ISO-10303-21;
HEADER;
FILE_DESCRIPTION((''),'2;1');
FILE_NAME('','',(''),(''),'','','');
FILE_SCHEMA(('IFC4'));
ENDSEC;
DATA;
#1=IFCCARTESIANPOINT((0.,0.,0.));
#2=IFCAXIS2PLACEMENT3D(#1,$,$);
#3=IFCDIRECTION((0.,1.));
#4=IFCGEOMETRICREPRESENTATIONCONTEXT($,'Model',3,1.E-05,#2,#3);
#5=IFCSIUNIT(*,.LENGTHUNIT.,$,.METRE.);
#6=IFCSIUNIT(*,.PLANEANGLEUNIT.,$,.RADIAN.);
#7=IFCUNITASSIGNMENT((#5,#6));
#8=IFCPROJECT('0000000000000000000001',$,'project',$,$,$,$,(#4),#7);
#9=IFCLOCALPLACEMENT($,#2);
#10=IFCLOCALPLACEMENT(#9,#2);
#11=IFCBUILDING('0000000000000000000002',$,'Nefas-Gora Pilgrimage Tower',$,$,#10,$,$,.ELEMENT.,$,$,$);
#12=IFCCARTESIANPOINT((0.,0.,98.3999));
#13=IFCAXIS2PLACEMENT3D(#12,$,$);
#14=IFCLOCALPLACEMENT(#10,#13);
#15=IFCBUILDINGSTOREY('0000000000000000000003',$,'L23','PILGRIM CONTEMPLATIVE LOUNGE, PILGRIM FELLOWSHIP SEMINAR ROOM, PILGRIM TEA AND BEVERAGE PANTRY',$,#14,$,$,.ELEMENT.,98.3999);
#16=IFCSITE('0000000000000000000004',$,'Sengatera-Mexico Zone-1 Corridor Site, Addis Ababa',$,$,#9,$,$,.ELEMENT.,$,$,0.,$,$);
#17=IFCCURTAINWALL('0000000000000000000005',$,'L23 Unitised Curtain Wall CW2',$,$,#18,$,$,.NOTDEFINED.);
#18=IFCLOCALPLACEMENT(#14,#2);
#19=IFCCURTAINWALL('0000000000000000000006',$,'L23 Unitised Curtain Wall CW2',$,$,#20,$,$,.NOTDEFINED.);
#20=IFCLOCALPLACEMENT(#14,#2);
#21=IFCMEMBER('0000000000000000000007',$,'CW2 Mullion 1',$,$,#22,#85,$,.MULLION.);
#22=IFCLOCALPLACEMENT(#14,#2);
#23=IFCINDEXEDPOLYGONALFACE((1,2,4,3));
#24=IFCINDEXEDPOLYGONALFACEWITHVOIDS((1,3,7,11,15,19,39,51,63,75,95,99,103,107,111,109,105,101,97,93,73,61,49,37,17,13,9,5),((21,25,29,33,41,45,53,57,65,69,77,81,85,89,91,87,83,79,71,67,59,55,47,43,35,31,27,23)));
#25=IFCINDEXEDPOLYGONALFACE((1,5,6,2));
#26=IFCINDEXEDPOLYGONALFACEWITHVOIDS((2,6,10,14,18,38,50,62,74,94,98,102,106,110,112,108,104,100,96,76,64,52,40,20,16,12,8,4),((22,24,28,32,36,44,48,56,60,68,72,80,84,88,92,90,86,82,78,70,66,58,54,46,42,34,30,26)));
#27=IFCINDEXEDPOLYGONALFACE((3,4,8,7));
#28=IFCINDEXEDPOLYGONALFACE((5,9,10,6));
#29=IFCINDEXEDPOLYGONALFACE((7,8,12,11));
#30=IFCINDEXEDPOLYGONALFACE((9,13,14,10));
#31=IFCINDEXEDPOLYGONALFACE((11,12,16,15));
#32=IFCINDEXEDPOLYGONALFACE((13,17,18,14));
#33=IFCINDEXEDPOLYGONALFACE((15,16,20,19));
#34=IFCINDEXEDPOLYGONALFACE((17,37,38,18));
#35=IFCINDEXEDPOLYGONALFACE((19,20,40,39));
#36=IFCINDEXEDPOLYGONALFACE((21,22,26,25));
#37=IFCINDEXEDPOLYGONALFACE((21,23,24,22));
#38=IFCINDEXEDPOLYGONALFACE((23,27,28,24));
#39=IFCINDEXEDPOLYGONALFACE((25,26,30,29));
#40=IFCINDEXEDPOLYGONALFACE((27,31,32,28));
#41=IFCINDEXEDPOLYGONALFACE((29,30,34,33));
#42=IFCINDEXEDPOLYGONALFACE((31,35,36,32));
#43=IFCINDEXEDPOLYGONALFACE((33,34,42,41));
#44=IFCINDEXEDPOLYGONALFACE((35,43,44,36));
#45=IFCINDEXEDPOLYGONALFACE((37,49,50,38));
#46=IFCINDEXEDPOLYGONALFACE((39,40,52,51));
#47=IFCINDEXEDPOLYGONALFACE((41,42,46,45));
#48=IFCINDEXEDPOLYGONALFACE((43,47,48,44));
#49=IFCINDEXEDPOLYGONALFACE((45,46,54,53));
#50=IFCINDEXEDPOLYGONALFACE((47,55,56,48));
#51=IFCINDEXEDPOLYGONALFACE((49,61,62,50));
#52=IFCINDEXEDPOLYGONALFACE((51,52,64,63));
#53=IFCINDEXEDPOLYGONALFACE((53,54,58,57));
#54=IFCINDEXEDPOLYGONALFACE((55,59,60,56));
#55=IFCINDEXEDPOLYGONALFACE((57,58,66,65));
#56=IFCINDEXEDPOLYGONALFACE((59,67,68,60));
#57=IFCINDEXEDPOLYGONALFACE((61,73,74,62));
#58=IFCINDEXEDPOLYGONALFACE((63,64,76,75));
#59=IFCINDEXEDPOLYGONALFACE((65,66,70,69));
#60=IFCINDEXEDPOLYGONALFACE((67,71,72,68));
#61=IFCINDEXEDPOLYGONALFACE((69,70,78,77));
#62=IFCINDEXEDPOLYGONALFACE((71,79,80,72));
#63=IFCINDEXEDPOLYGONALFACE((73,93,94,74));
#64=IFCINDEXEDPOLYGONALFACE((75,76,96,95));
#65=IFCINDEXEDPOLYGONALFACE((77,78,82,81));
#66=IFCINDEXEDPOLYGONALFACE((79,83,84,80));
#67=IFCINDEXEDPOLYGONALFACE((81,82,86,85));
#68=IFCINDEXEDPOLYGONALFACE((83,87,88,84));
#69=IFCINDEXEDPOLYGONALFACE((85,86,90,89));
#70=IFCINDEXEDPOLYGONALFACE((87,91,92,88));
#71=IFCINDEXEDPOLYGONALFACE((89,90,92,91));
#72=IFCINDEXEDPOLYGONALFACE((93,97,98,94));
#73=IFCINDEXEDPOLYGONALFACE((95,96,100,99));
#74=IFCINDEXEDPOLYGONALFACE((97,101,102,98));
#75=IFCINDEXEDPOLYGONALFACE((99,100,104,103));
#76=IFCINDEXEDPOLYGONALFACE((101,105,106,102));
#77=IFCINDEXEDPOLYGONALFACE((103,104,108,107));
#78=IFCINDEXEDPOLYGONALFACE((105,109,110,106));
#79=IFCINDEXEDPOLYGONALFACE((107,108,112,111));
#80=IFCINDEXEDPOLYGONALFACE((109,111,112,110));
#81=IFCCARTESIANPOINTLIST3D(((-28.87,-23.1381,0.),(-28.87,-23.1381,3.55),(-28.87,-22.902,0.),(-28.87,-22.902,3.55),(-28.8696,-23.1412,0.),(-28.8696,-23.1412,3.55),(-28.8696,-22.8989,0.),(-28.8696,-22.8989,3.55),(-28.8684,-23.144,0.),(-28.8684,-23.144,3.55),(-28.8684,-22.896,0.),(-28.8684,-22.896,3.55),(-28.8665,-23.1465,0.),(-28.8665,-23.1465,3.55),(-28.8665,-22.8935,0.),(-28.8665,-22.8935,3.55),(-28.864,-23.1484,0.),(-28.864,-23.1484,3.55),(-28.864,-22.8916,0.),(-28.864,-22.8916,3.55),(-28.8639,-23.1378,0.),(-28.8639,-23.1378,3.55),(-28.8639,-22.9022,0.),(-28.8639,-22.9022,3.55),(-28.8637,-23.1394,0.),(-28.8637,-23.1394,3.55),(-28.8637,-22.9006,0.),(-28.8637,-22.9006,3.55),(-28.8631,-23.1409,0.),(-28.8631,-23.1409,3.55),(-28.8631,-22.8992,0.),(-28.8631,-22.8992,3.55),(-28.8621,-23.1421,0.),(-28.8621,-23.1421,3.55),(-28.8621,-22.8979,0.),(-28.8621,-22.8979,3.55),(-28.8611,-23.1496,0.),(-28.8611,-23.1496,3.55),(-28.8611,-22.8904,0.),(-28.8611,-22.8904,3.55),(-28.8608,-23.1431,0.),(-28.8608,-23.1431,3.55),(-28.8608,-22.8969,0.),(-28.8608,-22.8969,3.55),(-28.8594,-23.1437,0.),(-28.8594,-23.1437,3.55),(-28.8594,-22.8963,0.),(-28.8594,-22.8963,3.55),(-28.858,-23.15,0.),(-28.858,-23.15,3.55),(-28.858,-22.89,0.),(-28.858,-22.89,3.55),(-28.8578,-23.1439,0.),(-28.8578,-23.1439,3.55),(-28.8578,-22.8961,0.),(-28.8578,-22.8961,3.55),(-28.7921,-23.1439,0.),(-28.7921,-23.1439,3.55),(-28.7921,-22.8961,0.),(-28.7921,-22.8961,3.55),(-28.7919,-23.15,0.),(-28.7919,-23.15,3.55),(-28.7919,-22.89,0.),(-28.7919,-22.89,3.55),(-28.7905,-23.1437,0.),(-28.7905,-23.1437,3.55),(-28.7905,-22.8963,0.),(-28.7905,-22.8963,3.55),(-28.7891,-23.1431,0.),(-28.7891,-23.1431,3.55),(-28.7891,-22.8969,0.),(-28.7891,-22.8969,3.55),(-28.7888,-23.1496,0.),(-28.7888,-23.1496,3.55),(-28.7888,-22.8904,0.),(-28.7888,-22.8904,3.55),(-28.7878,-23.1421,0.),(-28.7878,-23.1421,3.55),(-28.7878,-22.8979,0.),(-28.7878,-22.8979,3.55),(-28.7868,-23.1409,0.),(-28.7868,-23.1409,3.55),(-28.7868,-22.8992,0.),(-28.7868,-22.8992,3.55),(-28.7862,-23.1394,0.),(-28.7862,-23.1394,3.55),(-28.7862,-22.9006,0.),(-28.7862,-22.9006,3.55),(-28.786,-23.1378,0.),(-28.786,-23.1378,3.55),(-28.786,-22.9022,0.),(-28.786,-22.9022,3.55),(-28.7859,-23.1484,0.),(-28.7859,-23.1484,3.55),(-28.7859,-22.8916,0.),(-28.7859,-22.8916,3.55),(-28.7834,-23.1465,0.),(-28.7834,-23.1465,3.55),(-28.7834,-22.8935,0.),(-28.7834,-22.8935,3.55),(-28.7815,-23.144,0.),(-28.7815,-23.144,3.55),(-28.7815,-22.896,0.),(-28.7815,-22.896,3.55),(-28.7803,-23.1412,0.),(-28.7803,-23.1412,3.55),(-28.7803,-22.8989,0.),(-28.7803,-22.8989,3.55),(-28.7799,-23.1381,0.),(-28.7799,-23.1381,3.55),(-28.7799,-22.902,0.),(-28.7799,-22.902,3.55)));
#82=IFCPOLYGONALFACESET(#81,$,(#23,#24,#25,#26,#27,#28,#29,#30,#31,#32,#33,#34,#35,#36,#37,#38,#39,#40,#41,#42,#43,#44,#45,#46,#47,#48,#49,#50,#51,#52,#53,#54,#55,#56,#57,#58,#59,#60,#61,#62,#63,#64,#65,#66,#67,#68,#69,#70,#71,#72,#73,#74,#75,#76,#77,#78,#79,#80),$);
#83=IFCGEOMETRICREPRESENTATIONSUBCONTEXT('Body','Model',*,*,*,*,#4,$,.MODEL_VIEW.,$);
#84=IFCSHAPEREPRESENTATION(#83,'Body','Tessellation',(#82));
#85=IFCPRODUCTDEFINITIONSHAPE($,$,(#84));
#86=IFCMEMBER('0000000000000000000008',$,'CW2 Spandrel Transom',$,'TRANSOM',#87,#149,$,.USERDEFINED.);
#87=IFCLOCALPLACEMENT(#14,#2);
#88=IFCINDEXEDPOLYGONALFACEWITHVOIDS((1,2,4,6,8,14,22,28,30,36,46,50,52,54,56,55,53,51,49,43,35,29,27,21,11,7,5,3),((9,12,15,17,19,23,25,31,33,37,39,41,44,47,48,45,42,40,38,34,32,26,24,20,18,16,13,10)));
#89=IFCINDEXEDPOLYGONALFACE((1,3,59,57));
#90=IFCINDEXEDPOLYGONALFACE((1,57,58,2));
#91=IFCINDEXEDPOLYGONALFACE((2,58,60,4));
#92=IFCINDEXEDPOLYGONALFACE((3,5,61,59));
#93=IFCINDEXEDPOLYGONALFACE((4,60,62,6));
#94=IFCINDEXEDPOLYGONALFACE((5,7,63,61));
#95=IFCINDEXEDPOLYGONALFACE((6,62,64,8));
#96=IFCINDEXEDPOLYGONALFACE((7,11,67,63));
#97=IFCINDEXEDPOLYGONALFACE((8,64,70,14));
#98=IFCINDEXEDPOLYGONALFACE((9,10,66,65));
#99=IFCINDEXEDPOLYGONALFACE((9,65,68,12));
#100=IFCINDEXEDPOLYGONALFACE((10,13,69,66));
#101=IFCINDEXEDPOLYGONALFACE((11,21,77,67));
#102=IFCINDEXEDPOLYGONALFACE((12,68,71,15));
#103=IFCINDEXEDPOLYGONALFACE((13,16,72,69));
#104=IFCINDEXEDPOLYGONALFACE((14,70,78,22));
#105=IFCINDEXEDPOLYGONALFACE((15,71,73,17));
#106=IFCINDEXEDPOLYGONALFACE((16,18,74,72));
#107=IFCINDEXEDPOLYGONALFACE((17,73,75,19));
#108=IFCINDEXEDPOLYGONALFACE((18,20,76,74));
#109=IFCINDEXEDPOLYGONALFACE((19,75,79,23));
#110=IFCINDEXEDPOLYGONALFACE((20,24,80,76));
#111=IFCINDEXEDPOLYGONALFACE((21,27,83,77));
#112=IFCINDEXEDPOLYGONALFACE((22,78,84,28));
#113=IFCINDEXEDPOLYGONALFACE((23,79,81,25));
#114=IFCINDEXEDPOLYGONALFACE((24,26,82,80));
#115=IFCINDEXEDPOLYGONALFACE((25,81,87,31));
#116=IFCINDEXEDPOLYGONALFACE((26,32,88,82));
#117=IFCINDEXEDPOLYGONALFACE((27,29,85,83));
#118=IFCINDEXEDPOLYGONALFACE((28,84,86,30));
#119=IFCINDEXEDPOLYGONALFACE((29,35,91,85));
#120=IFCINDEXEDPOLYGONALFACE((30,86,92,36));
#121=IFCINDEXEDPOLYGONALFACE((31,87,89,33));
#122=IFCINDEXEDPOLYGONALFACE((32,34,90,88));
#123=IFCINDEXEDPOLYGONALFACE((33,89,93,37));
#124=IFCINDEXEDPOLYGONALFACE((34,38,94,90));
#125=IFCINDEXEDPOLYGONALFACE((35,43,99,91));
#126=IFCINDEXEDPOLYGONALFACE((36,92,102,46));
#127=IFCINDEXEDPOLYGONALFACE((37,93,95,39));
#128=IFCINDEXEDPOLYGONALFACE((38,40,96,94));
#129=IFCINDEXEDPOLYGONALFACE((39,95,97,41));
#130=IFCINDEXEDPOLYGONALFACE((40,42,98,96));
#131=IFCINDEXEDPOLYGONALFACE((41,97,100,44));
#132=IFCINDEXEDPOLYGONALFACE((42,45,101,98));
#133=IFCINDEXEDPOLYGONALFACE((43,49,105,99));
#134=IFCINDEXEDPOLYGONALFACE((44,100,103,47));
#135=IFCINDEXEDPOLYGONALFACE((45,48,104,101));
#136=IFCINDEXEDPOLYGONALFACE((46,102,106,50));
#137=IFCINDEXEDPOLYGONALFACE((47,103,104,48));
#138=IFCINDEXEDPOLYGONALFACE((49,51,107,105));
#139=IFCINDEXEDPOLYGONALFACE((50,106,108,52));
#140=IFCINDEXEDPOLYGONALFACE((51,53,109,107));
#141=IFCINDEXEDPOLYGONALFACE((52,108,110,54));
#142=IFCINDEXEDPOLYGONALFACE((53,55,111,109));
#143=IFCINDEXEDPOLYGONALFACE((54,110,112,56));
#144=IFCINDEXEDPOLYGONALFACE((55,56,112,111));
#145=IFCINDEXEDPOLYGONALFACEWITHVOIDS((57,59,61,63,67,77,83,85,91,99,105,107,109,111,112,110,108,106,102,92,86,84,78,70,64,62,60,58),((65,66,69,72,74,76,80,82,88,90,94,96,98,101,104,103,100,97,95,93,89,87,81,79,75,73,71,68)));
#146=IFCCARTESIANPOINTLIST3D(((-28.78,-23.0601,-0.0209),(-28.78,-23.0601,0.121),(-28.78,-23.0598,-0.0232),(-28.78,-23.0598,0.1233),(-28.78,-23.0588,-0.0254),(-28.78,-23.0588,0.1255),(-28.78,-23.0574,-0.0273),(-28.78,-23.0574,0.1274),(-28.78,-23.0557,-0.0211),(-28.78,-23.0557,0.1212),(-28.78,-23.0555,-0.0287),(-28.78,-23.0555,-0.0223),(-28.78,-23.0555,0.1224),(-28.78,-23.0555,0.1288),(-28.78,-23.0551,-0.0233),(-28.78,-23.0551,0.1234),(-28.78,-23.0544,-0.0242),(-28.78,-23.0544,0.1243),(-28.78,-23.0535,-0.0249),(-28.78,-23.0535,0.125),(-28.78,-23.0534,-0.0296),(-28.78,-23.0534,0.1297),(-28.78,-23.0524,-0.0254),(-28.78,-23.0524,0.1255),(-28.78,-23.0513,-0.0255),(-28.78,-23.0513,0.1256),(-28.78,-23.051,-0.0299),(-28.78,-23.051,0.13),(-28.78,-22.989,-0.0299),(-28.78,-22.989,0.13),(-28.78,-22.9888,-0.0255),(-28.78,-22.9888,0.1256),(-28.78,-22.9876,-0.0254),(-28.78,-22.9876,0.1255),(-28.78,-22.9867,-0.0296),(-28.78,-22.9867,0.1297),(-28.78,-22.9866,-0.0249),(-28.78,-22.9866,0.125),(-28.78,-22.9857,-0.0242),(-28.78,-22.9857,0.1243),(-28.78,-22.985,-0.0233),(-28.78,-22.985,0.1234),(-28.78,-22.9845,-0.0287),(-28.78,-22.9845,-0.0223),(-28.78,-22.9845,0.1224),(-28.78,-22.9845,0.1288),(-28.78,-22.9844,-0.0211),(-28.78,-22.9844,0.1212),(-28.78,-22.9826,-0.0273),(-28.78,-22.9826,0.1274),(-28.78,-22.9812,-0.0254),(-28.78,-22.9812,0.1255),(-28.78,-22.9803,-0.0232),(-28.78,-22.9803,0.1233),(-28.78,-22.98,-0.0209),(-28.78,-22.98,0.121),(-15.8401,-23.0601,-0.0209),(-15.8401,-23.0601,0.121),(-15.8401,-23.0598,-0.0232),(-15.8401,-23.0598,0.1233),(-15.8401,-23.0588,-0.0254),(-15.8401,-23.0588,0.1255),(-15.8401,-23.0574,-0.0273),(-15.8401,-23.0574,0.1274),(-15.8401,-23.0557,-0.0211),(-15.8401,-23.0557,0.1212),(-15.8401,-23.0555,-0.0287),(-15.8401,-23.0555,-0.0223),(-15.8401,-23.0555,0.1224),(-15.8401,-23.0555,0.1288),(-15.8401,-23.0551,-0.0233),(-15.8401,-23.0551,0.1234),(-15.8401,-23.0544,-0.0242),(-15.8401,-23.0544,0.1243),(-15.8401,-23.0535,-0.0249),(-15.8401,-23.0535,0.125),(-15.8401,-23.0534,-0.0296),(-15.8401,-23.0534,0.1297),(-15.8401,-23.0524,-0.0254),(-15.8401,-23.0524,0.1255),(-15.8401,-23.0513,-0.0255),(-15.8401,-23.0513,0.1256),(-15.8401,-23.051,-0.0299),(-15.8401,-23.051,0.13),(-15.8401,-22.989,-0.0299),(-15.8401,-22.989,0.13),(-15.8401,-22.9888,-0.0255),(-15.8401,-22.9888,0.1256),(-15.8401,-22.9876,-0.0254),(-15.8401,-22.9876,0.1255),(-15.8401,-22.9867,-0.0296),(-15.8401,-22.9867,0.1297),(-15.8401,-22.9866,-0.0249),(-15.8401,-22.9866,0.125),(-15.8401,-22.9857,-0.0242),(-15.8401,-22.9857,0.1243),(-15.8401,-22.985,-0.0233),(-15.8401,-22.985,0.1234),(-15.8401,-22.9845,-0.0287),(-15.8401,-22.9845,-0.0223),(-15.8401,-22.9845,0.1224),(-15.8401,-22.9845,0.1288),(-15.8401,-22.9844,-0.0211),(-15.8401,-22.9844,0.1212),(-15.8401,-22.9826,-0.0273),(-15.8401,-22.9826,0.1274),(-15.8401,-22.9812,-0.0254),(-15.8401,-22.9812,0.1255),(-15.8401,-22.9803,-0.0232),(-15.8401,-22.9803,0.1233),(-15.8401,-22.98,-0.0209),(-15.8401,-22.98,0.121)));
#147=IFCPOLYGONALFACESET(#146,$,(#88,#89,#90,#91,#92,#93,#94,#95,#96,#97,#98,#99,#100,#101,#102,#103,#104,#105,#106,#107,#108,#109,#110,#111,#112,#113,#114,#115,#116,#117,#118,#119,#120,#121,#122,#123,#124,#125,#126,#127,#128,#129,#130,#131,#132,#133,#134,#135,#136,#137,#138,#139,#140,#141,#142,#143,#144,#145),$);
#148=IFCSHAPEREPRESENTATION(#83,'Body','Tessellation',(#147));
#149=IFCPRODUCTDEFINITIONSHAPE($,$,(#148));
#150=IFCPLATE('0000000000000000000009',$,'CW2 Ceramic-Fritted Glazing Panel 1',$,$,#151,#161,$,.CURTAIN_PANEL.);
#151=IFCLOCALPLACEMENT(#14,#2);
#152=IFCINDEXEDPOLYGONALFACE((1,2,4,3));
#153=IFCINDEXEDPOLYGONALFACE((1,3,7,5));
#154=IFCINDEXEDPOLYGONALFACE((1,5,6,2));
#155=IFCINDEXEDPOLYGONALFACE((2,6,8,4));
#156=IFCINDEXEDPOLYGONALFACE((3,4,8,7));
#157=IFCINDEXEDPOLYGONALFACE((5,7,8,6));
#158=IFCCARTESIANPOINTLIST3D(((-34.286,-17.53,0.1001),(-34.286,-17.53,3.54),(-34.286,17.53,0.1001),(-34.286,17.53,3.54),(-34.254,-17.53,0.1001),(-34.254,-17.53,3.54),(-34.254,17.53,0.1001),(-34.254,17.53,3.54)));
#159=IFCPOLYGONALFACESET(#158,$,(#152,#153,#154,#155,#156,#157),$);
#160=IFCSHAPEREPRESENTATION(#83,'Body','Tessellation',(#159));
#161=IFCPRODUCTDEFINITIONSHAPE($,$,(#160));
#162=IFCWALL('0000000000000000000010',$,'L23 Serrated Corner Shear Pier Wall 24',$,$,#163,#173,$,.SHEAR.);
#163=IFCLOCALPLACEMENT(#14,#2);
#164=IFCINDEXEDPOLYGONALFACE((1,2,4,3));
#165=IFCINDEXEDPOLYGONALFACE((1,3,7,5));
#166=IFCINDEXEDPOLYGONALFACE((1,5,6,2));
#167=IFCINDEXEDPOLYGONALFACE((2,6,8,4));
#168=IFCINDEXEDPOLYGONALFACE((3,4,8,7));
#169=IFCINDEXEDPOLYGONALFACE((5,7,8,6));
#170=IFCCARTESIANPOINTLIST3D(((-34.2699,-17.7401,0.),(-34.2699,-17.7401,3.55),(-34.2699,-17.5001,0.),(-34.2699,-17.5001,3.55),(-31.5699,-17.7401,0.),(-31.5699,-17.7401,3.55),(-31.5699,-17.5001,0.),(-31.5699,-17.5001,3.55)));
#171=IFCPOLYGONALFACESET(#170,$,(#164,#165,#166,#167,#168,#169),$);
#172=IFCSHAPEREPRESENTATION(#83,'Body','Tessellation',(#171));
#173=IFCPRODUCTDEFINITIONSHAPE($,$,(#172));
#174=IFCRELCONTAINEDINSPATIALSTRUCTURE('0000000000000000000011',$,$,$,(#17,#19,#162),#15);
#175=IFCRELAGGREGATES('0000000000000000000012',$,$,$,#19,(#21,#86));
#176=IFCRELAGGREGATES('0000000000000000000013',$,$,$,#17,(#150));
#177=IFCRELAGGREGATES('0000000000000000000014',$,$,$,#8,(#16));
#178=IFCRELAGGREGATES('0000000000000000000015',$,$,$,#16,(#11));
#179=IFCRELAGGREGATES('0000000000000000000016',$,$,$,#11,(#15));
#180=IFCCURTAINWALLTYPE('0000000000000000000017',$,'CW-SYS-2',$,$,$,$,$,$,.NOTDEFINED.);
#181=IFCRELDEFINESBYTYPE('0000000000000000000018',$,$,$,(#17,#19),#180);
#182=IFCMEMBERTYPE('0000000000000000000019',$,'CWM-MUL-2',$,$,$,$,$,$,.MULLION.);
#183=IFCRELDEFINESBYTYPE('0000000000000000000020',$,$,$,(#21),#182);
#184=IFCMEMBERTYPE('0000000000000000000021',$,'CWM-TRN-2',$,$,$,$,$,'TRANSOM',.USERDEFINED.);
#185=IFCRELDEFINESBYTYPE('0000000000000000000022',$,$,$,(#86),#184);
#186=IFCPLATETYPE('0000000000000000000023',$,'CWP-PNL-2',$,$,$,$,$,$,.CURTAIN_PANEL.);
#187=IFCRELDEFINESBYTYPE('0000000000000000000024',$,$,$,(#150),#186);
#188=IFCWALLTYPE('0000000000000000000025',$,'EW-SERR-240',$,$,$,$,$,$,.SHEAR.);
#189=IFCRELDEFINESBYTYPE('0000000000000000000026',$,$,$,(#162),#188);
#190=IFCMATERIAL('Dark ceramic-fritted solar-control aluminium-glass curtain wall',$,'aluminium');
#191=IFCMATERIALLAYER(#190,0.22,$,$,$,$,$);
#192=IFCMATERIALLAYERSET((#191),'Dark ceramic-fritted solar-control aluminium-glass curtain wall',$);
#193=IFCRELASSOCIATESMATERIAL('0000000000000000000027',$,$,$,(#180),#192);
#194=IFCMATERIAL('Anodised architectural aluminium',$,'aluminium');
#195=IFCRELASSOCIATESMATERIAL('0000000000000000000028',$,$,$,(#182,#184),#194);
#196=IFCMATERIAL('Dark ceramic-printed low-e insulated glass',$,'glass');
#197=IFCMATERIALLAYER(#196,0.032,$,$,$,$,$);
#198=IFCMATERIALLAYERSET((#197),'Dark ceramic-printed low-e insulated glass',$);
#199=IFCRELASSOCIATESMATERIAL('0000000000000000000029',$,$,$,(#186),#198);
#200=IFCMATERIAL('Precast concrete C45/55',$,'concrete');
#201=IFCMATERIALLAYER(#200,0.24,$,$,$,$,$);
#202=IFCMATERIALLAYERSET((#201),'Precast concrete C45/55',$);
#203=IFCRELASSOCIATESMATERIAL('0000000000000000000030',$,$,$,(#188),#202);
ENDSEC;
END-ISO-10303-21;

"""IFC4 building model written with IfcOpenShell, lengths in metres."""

from ifc_helpers import new_model, si_unit, direction, frame, frame_2d, origin, origin_2d, place, context, subcontext, project, spatial, rectangle, hollow_rectangle, extrude, source, transform, mapped, material, layer, layer_set, material_profile, profile_set, type_object, element, aggregate, save


model = new_model("IFC4")

# Units and contexts
model_context = context("Model", 3, precision=1e-05, world=origin(), true_north=direction((0.0, 1.0)))
body_context = subcontext(model_context, "Body", "Model", "MODEL_VIEW")
ifc_project = project(units=[si_unit("LENGTHUNIT", "METRE"), si_unit("PLANEANGLEUNIT", "RADIAN")], contexts=[model_context])

# Site, building, storey
site_placement = place(None, origin())
site = spatial("IfcSite", under=ifc_project, at=site_placement, Name="Sengatera-Mexico Zone-1 Corridor Site, Addis Ababa", CompositionType="ELEMENT", RefElevation=0.0)
building_placement = place(site_placement, origin())
building = spatial("IfcBuilding", under=site, at=building_placement, Name="Nefas-Gora Pilgrimage Tower", CompositionType="ELEMENT")
storey_placement = place(building_placement, frame((0.0, 0.0, 98.3999)))
storey = spatial("IfcBuildingStorey", under=building, at=storey_placement, Name="L23", Description="PILGRIM CONTEMPLATIVE LOUNGE, PILGRIM FELLOWSHIP SEMINAR ROOM, PILGRIM TEA AND BEVERAGE PANTRY", CompositionType="ELEMENT", Elevation=98.3999)

# Curtain wall
ifc_material_1 = material(Name="Dark ceramic-fritted solar-control aluminium-glass curtain wall", Category="aluminium")
ifc_layer_1 = layer(ifc_material_1, 0.22)
ifc_layer_set_1 = layer_set([ifc_layer_1], Name="Dark ceramic-fritted solar-control aluminium-glass curtain wall")
curtain_wall_type = type_object("IfcCurtainWallType", Name="CW-SYS-2", PredefinedType="NOTDEFINED", material=ifc_layer_set_1)
curtain_wall_1_placement = place(storey_placement, origin())
curtain_wall_1 = element("IfcCurtainWall", 1, at=curtain_wall_1_placement, inside=storey, type_object=curtain_wall_type, Name="L23 Unitised Curtain Wall CW2", PredefinedType="NOTDEFINED")
ifc_material_2 = material(Name="Anodised architectural aluminium", Category="aluminium")
ifc_material_profile_1 = material_profile(ifc_material_2, hollow_rectangle(XDim=0.0901, YDim=0.26, WallThickness=0.0061, InnerFilletRadius=0.0061, OuterFilletRadius=0.012, at=origin_2d()), Name="ALU MULLION 90x260")
ifc_profile_set_1 = profile_set([ifc_material_profile_1], Name="Anodised architectural aluminium")
member_type_1 = type_object("IfcMemberType", Name="CWM-MUL-2", PredefinedType="MULLION", material=ifc_profile_set_1)
shared_shape_1 = source(origin(), body_context, "Body", "SweptSolid", [
    extrude(hollow_rectangle(XDim=0.0901, YDim=0.26, WallThickness=0.0061, InnerFilletRadius=0.0061, OuterFilletRadius=0.012, at=origin_2d()), origin(), (0.0, 0.0, 1.0), 3.55),
])

# Curtain wall, members
curtain_wall_2_placement = place(storey_placement, origin())
curtain_wall_2 = element("IfcCurtainWall", 2, at=curtain_wall_2_placement, inside=storey, type_object=curtain_wall_type, Name="L23 Unitised Curtain Wall CW2", PredefinedType="NOTDEFINED")
member_1_placement = place(storey_placement, frame((-28.825, -23.02, 0.0), z_axis=(0.0, 0.0, 1.0), x_axis=(1.0, 0.0, 0.0)))
member_1 = element("IfcMember", 3, at=member_1_placement, type_object=member_type_1, Name="CW2 Mullion 1", PredefinedType="MULLION", context=body_context, shape_type="MappedRepresentation", body=[
    mapped(shared_shape_1, transform((0.0, 0.0, 0.0), x_axis=(1.0, 0.0, 0.0), y_axis=(0.0, 1.0, 0.0), z_axis=(0.0, 0.0, 1.0), scale=1.0)),
])
ifc_material_profile_2 = material_profile(ifc_material_2, hollow_rectangle(XDim=0.0801, YDim=0.1599, WallThickness=0.0044, InnerFilletRadius=0.0044, OuterFilletRadius=0.009, at=origin_2d()), Name="ALU TRANSOM 80x160")
ifc_profile_set_2 = profile_set([ifc_material_profile_2], Name="Anodised architectural aluminium")
member_type_2 = type_object("IfcMemberType", Name="CWM-TRN-2", ElementType="TRANSOM", PredefinedType="USERDEFINED", material=ifc_profile_set_2)
shared_shape_2 = source(origin(), body_context, "Body", "SweptSolid", [
    extrude(hollow_rectangle(XDim=0.0801, YDim=0.1599, WallThickness=0.0044, InnerFilletRadius=0.0044, OuterFilletRadius=0.009, at=origin_2d()), origin(), (0.0, 0.0, 1.0), 12.9399),
])
member_2_placement = place(storey_placement, frame((-28.78, -23.02, 0.05), z_axis=(1.0, 0.0, 0.0), x_axis=(0.0, 1.0, 0.0)))
member_2 = element("IfcMember", 4, at=member_2_placement, type_object=member_type_2, Name="CW2 Spandrel Transom", ObjectType="TRANSOM", PredefinedType="USERDEFINED", context=body_context, shape_type="MappedRepresentation", body=[
    mapped(shared_shape_2, transform((0.0, 0.0, 0.0), x_axis=(1.0, 0.0, 0.0), y_axis=(0.0, 1.0, 0.0), z_axis=(0.0, 0.0, 1.0), scale=1.0)),
])
aggregate(curtain_wall_2, [member_1, member_2])

# Plate
ifc_material_3 = material(Name="Dark ceramic-printed low-e insulated glass", Category="glass")
ifc_layer_2 = layer(ifc_material_3, 0.032)
ifc_layer_set_2 = layer_set([ifc_layer_2], Name="Dark ceramic-printed low-e insulated glass")
plate_type = type_object("IfcPlateType", Name="CWP-PNL-2", PredefinedType="CURTAIN_PANEL", material=ifc_layer_set_2)
shared_shape_3 = source(origin(), body_context, "Body", "SweptSolid", [
    extrude(rectangle(XDim=35.0601, YDim=0.032, at=origin_2d()), origin(), (0.0, 0.0, 1.0), 3.4399),
])
plate_placement = place(storey_placement, frame((-34.27, 0.0, 0.1001), z_axis=(0.0, 0.0, 1.0), x_axis=(0.0, -1.0, 0.0)))
plate = element("IfcPlate", 5, at=plate_placement, type_object=plate_type, Name="CW2 Ceramic-Fritted Glazing Panel 1", PredefinedType="CURTAIN_PANEL", context=body_context, shape_type="MappedRepresentation", body=[
    mapped(shared_shape_3, transform((0.0, 0.0, 0.0), x_axis=(1.0, 0.0, 0.0), y_axis=(0.0, 1.0, 0.0), z_axis=(0.0, 0.0, 1.0), scale=1.0)),
])
aggregate(curtain_wall_1, [plate])

# Wall
ifc_material_4 = material(Name="Precast concrete C45/55", Category="concrete")
ifc_layer_3 = layer(ifc_material_4, 0.24)
ifc_layer_set_3 = layer_set([ifc_layer_3], Name="Precast concrete C45/55")
wall_type_1 = type_object("IfcWallType", Name="EW-SERR-240", PredefinedType="SHEAR", material=ifc_layer_set_3)
shared_shape_4 = source(origin(), body_context, "Body", "SweptSolid", [
    extrude(rectangle(XDim=2.7, YDim=0.24, at=frame_2d((1.3501, 0.0))), origin(), (0.0, 0.0, 1.0), 3.55),
])
wall_1_placement = place(storey_placement, frame((-34.27, -17.6201, 0.0), z_axis=(0.0, 0.0, 1.0), x_axis=(1.0, 0.0, 0.0)))
element("IfcWall", 6, at=wall_1_placement, inside=storey, type_object=wall_type_1, Name="L23 Serrated Corner Shear Pier Wall 24", PredefinedType="SHEAR", context=body_context, shape_type="MappedRepresentation", body=[
    mapped(shared_shape_4, transform((0.0, 0.0, 0.0), x_axis=(1.0, 0.0, 0.0), y_axis=(0.0, 1.0, 0.0), z_axis=(0.0, 0.0, 1.0), scale=1.0)),
])

save(model, "model.ifc")
